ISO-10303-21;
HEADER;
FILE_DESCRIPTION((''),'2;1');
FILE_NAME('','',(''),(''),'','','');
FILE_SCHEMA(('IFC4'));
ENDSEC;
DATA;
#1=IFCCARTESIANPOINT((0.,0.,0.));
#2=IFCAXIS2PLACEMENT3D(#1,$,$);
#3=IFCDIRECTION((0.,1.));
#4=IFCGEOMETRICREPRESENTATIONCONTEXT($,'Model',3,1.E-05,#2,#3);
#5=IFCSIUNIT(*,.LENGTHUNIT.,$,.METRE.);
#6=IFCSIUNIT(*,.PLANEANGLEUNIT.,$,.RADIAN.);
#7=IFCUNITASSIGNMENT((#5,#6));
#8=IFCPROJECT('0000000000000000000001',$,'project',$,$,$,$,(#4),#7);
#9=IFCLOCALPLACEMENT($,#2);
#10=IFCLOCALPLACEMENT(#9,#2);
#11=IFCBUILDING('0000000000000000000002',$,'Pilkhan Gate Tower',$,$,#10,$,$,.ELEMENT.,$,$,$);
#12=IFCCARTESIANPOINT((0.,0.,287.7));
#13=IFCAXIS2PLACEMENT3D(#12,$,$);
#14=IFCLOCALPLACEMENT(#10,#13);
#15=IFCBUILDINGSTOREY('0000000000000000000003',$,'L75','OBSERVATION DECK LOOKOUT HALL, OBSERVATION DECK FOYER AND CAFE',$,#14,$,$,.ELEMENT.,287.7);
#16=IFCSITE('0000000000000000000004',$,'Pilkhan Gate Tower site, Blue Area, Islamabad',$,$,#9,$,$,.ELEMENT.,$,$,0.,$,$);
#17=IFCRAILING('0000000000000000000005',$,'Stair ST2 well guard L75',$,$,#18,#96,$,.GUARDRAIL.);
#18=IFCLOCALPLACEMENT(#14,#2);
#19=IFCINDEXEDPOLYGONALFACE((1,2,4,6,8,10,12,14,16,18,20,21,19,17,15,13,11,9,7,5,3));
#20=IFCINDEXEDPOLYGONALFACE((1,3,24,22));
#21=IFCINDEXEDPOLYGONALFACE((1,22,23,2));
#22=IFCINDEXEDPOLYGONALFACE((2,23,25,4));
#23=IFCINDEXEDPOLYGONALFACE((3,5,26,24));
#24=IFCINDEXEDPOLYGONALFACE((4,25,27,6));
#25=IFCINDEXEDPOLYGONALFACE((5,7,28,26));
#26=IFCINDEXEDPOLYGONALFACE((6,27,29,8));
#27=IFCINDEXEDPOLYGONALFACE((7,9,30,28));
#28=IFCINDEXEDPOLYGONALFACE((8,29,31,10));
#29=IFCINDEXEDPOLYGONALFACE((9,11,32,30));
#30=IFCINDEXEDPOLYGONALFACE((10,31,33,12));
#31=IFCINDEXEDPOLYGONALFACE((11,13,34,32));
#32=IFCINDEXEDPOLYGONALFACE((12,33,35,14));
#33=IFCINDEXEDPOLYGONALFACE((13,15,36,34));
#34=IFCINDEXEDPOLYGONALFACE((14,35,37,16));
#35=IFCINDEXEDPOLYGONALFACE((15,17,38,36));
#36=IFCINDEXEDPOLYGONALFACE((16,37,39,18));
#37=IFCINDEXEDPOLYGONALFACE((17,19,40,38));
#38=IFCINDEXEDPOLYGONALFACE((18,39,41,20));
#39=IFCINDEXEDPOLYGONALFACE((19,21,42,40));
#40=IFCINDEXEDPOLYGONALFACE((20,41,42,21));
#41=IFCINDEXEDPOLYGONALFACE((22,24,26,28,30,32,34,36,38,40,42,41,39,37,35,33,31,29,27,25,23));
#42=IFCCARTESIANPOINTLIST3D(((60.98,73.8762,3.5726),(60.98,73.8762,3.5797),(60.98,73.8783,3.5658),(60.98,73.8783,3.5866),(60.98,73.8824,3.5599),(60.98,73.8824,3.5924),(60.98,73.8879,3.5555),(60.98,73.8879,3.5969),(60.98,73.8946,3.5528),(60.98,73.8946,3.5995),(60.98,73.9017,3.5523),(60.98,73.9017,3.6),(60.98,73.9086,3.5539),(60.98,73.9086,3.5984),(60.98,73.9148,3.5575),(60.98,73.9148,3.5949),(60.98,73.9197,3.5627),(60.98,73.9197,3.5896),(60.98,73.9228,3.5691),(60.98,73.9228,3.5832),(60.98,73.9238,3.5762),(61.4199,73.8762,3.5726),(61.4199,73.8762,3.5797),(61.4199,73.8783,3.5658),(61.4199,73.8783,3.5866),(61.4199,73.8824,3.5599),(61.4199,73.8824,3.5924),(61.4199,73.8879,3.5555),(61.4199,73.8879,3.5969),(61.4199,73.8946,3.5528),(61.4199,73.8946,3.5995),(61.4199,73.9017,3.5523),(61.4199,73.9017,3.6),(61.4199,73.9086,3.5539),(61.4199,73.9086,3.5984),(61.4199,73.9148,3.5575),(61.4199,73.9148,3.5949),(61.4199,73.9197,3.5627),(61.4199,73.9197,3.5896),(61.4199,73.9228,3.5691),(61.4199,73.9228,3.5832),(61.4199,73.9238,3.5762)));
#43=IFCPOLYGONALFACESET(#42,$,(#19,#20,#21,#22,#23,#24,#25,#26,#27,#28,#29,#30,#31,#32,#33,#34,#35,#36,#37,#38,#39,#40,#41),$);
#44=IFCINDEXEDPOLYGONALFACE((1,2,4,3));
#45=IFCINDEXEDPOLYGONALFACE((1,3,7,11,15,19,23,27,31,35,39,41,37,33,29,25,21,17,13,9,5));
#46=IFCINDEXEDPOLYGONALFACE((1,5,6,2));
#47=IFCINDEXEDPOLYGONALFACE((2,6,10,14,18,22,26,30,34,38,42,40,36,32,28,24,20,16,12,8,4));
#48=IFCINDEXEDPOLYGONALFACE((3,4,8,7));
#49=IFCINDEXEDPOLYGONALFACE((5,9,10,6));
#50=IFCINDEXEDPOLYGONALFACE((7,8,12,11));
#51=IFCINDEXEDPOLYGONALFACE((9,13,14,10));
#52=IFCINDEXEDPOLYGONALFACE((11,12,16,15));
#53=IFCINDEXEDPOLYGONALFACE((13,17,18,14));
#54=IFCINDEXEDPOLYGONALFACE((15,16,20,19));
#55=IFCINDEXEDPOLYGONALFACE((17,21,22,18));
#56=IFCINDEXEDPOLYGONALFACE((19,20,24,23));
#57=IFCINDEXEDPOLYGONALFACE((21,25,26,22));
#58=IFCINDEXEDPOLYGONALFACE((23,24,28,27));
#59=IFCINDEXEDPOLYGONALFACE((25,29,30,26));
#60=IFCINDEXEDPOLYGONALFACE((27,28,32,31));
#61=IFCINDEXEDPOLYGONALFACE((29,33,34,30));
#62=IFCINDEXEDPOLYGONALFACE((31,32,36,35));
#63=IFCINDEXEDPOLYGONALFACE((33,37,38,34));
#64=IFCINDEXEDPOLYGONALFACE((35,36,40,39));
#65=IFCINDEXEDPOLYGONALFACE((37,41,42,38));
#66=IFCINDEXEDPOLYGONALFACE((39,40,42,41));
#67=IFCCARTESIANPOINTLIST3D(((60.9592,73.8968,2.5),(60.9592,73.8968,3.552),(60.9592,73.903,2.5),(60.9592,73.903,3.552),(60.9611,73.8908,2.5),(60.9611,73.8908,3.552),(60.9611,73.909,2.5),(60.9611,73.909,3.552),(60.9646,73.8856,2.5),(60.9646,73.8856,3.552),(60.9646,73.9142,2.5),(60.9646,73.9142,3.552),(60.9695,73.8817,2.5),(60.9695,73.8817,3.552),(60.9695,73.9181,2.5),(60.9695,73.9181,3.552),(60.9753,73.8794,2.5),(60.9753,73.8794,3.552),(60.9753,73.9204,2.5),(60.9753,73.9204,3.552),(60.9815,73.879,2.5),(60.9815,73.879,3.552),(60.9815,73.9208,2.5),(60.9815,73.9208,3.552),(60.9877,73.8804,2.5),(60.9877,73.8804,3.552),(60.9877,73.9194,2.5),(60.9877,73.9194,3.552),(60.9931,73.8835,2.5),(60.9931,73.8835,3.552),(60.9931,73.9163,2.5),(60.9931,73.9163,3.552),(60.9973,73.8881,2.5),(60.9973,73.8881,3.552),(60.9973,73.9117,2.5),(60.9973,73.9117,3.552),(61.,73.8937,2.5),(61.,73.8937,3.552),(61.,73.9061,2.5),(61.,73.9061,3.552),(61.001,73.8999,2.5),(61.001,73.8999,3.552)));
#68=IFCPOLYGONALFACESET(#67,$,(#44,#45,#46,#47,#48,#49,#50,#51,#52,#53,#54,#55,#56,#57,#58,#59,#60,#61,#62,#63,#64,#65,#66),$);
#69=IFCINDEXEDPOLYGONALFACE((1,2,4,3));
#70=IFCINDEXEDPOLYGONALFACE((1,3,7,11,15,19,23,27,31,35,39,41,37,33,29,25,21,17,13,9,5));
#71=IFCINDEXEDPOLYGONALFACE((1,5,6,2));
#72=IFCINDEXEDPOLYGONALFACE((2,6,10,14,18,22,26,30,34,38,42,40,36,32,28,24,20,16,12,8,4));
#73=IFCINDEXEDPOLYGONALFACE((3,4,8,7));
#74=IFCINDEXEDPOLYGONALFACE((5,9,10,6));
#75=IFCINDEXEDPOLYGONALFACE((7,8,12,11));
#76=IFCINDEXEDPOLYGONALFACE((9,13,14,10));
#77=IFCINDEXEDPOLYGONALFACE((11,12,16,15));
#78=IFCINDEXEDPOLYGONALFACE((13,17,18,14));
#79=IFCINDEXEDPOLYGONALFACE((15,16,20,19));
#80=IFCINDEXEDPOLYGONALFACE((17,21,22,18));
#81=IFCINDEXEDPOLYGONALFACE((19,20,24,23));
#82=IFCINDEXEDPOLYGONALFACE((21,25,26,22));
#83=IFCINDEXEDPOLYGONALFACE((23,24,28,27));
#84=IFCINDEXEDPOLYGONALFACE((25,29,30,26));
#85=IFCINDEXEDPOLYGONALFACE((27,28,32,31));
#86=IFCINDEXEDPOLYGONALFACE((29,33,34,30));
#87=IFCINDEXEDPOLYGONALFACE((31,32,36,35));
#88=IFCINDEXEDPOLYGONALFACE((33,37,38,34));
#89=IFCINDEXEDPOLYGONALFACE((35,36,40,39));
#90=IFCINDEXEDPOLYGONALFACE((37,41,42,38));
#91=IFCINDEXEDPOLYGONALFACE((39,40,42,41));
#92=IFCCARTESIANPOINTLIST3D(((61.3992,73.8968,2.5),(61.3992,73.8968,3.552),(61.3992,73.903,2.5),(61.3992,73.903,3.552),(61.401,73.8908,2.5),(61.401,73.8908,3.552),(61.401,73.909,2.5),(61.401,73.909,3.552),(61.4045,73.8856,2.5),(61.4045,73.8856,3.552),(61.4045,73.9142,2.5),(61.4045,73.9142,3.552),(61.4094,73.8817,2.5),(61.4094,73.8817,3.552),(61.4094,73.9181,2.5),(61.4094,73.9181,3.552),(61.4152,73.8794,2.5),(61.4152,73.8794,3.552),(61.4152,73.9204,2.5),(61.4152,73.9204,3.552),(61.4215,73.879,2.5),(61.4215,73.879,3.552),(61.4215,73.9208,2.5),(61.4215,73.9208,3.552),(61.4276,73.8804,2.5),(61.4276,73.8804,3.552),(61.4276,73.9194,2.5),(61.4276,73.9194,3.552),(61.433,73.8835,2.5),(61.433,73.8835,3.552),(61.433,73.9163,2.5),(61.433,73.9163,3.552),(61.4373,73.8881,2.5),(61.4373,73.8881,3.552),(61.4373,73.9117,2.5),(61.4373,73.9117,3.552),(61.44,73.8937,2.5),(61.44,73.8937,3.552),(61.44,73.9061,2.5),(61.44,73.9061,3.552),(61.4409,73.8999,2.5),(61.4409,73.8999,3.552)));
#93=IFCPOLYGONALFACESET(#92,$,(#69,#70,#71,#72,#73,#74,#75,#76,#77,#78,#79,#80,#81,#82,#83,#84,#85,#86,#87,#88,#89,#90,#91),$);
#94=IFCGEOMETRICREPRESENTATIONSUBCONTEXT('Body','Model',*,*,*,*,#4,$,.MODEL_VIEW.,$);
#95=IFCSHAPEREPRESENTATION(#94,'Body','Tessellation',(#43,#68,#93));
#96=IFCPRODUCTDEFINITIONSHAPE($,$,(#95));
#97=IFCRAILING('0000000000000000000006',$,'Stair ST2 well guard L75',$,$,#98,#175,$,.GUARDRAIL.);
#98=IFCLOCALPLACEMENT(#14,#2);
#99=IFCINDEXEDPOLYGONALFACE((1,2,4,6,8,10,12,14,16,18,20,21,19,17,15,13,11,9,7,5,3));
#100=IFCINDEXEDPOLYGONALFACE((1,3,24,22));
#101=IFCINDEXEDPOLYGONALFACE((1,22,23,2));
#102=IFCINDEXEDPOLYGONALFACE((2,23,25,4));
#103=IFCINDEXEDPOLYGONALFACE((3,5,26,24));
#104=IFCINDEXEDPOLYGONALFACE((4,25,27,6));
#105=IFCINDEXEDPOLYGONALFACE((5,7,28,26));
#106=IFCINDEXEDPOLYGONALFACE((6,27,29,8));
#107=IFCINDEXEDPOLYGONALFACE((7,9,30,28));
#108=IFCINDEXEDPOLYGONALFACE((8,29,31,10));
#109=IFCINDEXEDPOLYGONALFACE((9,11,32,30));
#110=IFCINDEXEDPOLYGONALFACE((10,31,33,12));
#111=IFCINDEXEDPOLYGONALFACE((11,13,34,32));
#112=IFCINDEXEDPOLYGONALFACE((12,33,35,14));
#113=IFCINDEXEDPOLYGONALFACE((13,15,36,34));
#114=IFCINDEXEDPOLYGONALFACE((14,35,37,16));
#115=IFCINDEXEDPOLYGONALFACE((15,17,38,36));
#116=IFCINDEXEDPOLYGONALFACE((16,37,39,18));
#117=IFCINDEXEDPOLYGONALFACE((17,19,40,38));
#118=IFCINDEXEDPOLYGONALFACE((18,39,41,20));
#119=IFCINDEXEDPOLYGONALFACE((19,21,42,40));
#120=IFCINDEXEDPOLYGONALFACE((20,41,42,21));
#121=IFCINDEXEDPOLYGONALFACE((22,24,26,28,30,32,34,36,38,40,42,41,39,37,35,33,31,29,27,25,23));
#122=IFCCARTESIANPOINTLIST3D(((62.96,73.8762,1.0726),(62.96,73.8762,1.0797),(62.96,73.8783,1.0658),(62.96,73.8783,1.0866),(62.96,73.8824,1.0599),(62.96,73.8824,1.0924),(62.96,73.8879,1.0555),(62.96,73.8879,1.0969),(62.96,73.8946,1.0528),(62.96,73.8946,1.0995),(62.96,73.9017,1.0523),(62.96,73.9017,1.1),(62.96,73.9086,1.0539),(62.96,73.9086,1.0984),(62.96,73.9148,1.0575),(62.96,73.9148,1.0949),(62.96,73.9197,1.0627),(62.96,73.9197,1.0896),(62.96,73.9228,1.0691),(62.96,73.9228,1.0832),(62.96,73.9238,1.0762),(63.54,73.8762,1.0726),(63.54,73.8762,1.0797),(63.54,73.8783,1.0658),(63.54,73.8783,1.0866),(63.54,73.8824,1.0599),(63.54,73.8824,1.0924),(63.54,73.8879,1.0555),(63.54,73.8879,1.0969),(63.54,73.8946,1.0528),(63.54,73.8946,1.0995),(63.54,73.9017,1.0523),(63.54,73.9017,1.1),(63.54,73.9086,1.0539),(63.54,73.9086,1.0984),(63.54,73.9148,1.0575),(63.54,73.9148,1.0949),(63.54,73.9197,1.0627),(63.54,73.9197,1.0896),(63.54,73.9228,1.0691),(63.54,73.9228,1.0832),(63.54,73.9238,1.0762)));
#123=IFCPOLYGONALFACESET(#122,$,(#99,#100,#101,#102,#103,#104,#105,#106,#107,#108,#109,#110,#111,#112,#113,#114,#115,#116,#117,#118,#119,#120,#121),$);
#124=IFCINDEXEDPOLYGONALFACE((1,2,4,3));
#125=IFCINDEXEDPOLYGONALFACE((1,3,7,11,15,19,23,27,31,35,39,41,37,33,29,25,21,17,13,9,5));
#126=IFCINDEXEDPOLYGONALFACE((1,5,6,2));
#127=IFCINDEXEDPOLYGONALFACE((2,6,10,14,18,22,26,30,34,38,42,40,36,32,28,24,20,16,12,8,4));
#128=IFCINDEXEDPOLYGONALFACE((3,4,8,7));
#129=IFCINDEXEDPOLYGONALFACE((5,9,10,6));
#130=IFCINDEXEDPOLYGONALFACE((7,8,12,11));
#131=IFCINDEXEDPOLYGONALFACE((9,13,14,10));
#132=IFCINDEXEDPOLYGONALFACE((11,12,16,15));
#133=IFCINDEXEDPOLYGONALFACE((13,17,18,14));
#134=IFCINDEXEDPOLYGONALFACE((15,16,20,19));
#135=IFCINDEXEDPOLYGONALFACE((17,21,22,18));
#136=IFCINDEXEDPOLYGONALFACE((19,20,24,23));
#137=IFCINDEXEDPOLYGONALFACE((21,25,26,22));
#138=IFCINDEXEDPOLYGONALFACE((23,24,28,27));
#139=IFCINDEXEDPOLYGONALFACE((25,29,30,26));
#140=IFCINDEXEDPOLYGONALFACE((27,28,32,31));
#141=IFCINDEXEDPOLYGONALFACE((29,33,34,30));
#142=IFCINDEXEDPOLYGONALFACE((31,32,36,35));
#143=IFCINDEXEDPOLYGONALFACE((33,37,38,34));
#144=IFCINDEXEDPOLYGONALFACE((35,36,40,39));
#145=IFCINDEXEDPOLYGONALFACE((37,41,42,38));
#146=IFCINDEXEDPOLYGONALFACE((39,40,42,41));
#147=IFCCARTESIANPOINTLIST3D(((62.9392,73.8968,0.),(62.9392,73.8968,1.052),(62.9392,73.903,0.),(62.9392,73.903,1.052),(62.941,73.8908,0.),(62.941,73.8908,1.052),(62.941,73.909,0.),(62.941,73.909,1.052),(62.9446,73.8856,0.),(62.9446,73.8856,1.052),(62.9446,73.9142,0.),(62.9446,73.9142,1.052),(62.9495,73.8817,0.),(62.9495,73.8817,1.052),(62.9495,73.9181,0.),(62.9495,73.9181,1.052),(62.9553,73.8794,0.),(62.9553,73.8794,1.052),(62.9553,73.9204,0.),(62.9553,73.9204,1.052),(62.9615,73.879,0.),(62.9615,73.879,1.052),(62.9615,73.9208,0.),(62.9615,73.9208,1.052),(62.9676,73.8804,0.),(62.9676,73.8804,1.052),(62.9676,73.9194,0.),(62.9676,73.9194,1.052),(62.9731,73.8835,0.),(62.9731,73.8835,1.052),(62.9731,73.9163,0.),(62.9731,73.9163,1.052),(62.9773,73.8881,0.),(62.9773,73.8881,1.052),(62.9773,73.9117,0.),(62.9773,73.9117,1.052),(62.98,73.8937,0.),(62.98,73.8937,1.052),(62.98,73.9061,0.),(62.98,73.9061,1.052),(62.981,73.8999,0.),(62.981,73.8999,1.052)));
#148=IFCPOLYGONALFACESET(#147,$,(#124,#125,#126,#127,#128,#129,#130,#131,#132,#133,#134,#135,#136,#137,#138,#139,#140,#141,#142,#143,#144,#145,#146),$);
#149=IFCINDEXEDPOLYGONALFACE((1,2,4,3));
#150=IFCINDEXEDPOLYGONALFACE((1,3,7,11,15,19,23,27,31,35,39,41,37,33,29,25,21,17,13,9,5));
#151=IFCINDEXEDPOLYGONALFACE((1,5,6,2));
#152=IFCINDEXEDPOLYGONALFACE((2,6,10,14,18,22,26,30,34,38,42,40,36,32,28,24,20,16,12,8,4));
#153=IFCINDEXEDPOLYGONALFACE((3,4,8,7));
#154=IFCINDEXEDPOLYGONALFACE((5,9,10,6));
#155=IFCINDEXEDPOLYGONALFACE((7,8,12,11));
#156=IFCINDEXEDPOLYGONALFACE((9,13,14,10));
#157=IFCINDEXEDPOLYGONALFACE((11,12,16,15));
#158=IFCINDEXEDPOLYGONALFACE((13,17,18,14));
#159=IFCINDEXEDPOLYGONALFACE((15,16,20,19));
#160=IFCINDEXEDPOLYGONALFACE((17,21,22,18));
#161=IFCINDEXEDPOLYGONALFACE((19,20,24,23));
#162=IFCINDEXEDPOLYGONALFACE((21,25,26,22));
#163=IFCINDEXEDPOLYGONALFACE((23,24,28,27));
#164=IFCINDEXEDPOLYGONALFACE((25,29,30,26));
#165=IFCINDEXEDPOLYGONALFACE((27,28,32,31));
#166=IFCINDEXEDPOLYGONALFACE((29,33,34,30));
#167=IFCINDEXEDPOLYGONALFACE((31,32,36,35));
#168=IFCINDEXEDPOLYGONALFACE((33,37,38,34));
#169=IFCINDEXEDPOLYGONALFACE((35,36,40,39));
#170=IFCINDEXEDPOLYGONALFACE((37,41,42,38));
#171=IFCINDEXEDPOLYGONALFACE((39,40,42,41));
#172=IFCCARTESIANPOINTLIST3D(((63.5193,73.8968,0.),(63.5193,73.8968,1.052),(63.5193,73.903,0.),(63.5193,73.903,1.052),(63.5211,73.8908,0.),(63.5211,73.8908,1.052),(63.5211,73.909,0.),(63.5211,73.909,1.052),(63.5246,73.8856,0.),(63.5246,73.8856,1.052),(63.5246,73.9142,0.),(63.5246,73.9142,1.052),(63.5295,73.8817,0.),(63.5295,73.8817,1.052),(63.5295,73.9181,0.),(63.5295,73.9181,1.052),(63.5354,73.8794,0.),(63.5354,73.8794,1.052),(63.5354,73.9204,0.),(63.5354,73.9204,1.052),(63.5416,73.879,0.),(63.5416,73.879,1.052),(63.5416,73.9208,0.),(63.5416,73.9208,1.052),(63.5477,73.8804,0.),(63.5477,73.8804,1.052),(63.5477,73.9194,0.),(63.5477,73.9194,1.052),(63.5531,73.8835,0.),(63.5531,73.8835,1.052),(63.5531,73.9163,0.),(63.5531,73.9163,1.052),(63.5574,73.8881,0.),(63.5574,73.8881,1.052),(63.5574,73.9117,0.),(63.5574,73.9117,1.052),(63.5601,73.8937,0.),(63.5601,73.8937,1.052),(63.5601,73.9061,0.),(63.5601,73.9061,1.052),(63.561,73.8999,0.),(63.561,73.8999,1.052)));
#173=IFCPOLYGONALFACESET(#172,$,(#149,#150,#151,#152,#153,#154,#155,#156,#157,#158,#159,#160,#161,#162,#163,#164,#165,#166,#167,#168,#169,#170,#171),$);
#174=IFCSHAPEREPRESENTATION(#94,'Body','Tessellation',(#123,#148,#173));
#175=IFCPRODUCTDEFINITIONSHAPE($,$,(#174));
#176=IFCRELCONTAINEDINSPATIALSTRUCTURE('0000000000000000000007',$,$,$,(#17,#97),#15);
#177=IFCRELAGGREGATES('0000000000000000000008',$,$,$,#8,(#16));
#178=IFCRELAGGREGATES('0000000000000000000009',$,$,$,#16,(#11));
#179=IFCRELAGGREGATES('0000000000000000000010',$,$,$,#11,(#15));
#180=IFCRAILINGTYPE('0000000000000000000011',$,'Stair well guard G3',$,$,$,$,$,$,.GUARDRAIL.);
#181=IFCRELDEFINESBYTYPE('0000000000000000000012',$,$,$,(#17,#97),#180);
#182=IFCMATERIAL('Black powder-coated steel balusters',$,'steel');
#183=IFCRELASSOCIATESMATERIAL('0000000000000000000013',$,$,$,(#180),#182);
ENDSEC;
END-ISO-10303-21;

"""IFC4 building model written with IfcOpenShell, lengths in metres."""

from ifc_helpers import new_model, si_unit, direction, frame, origin, origin_2d, place, context, subcontext, project, spatial, circle, extrude, material, type_object, element, save


model = new_model("IFC4")

# Units and contexts
model_context = context("Model", 3, precision=1e-05, world=origin(), true_north=direction((0.0, 1.0)))
body_context = subcontext(model_context, "Body", "Model", "MODEL_VIEW")
ifc_project = project(units=[si_unit("LENGTHUNIT", "METRE"), si_unit("PLANEANGLEUNIT", "RADIAN")], contexts=[model_context])

# Site, building, storey
site_placement = place(None, origin())
site = spatial("IfcSite", under=ifc_project, at=site_placement, Name="Pilkhan Gate Tower site, Blue Area, Islamabad", CompositionType="ELEMENT", RefElevation=0.0)
building_placement = place(site_placement, origin())
building = spatial("IfcBuilding", under=site, at=building_placement, Name="Pilkhan Gate Tower", CompositionType="ELEMENT")
storey_placement = place(building_placement, frame((0.0, 0.0, 287.7)))
storey = spatial("IfcBuildingStorey", under=building, at=storey_placement, Name="L75", Description="OBSERVATION DECK LOOKOUT HALL, OBSERVATION DECK FOYER AND CAFE", CompositionType="ELEMENT", Elevation=287.7)

# Railings
ifc_material_1 = material(Name="Black powder-coated steel balusters", Category="steel")
railing_type_1 = type_object("IfcRailingType", Name="Stair well guard G3", PredefinedType="GUARDRAIL", material=ifc_material_1)
railing_placement = place(storey_placement, frame((60.98, 73.8999, 2.5)))
element("IfcRailing", 1, at=railing_placement, inside=storey, type_object=railing_type_1, Name="Stair ST2 well guard L75", PredefinedType="GUARDRAIL", context=body_context, shape_type="SweptSolid", body=[
    extrude(circle(Radius=0.0239, at=origin_2d()), frame((0.0, 0.0, 1.0762), z_axis=(1.0, 0.0, 0.0), x_axis=(0.0, 1.0, 0.0)), (0.0, 0.0, 1.0), 0.4399),
    extrude(circle(Radius=0.021, at=origin_2d()), origin(), (0.0, 0.0, 1.0), 1.052),
    extrude(circle(Radius=0.021, at=origin_2d()), frame((0.4399, 0.0, 0.0)), (0.0, 0.0, 1.0), 1.052),
])
for number, where, name in (
    (2, (62.96, 73.8999, 0.0), "Stair ST2 well guard L75"),
):
    element("IfcRailing", number, at=place(storey_placement, frame(where)), inside=storey, type_object=railing_type_1, Name=name, PredefinedType="GUARDRAIL", context=body_context, shape_type="SweptSolid", body=[
        extrude(circle(Radius=0.0239, at=origin_2d()), frame((0.0, 0.0, 1.0762), z_axis=(1.0, 0.0, 0.0), x_axis=(0.0, 1.0, 0.0)), (0.0, 0.0, 1.0), 0.5801),
        extrude(circle(Radius=0.021, at=origin_2d()), origin(), (0.0, 0.0, 1.0), 1.052),
        extrude(circle(Radius=0.021, at=origin_2d()), frame((0.5801, 0.0, 0.0)), (0.0, 0.0, 1.0), 1.052),
    ])

save(model, "model.ifc")
